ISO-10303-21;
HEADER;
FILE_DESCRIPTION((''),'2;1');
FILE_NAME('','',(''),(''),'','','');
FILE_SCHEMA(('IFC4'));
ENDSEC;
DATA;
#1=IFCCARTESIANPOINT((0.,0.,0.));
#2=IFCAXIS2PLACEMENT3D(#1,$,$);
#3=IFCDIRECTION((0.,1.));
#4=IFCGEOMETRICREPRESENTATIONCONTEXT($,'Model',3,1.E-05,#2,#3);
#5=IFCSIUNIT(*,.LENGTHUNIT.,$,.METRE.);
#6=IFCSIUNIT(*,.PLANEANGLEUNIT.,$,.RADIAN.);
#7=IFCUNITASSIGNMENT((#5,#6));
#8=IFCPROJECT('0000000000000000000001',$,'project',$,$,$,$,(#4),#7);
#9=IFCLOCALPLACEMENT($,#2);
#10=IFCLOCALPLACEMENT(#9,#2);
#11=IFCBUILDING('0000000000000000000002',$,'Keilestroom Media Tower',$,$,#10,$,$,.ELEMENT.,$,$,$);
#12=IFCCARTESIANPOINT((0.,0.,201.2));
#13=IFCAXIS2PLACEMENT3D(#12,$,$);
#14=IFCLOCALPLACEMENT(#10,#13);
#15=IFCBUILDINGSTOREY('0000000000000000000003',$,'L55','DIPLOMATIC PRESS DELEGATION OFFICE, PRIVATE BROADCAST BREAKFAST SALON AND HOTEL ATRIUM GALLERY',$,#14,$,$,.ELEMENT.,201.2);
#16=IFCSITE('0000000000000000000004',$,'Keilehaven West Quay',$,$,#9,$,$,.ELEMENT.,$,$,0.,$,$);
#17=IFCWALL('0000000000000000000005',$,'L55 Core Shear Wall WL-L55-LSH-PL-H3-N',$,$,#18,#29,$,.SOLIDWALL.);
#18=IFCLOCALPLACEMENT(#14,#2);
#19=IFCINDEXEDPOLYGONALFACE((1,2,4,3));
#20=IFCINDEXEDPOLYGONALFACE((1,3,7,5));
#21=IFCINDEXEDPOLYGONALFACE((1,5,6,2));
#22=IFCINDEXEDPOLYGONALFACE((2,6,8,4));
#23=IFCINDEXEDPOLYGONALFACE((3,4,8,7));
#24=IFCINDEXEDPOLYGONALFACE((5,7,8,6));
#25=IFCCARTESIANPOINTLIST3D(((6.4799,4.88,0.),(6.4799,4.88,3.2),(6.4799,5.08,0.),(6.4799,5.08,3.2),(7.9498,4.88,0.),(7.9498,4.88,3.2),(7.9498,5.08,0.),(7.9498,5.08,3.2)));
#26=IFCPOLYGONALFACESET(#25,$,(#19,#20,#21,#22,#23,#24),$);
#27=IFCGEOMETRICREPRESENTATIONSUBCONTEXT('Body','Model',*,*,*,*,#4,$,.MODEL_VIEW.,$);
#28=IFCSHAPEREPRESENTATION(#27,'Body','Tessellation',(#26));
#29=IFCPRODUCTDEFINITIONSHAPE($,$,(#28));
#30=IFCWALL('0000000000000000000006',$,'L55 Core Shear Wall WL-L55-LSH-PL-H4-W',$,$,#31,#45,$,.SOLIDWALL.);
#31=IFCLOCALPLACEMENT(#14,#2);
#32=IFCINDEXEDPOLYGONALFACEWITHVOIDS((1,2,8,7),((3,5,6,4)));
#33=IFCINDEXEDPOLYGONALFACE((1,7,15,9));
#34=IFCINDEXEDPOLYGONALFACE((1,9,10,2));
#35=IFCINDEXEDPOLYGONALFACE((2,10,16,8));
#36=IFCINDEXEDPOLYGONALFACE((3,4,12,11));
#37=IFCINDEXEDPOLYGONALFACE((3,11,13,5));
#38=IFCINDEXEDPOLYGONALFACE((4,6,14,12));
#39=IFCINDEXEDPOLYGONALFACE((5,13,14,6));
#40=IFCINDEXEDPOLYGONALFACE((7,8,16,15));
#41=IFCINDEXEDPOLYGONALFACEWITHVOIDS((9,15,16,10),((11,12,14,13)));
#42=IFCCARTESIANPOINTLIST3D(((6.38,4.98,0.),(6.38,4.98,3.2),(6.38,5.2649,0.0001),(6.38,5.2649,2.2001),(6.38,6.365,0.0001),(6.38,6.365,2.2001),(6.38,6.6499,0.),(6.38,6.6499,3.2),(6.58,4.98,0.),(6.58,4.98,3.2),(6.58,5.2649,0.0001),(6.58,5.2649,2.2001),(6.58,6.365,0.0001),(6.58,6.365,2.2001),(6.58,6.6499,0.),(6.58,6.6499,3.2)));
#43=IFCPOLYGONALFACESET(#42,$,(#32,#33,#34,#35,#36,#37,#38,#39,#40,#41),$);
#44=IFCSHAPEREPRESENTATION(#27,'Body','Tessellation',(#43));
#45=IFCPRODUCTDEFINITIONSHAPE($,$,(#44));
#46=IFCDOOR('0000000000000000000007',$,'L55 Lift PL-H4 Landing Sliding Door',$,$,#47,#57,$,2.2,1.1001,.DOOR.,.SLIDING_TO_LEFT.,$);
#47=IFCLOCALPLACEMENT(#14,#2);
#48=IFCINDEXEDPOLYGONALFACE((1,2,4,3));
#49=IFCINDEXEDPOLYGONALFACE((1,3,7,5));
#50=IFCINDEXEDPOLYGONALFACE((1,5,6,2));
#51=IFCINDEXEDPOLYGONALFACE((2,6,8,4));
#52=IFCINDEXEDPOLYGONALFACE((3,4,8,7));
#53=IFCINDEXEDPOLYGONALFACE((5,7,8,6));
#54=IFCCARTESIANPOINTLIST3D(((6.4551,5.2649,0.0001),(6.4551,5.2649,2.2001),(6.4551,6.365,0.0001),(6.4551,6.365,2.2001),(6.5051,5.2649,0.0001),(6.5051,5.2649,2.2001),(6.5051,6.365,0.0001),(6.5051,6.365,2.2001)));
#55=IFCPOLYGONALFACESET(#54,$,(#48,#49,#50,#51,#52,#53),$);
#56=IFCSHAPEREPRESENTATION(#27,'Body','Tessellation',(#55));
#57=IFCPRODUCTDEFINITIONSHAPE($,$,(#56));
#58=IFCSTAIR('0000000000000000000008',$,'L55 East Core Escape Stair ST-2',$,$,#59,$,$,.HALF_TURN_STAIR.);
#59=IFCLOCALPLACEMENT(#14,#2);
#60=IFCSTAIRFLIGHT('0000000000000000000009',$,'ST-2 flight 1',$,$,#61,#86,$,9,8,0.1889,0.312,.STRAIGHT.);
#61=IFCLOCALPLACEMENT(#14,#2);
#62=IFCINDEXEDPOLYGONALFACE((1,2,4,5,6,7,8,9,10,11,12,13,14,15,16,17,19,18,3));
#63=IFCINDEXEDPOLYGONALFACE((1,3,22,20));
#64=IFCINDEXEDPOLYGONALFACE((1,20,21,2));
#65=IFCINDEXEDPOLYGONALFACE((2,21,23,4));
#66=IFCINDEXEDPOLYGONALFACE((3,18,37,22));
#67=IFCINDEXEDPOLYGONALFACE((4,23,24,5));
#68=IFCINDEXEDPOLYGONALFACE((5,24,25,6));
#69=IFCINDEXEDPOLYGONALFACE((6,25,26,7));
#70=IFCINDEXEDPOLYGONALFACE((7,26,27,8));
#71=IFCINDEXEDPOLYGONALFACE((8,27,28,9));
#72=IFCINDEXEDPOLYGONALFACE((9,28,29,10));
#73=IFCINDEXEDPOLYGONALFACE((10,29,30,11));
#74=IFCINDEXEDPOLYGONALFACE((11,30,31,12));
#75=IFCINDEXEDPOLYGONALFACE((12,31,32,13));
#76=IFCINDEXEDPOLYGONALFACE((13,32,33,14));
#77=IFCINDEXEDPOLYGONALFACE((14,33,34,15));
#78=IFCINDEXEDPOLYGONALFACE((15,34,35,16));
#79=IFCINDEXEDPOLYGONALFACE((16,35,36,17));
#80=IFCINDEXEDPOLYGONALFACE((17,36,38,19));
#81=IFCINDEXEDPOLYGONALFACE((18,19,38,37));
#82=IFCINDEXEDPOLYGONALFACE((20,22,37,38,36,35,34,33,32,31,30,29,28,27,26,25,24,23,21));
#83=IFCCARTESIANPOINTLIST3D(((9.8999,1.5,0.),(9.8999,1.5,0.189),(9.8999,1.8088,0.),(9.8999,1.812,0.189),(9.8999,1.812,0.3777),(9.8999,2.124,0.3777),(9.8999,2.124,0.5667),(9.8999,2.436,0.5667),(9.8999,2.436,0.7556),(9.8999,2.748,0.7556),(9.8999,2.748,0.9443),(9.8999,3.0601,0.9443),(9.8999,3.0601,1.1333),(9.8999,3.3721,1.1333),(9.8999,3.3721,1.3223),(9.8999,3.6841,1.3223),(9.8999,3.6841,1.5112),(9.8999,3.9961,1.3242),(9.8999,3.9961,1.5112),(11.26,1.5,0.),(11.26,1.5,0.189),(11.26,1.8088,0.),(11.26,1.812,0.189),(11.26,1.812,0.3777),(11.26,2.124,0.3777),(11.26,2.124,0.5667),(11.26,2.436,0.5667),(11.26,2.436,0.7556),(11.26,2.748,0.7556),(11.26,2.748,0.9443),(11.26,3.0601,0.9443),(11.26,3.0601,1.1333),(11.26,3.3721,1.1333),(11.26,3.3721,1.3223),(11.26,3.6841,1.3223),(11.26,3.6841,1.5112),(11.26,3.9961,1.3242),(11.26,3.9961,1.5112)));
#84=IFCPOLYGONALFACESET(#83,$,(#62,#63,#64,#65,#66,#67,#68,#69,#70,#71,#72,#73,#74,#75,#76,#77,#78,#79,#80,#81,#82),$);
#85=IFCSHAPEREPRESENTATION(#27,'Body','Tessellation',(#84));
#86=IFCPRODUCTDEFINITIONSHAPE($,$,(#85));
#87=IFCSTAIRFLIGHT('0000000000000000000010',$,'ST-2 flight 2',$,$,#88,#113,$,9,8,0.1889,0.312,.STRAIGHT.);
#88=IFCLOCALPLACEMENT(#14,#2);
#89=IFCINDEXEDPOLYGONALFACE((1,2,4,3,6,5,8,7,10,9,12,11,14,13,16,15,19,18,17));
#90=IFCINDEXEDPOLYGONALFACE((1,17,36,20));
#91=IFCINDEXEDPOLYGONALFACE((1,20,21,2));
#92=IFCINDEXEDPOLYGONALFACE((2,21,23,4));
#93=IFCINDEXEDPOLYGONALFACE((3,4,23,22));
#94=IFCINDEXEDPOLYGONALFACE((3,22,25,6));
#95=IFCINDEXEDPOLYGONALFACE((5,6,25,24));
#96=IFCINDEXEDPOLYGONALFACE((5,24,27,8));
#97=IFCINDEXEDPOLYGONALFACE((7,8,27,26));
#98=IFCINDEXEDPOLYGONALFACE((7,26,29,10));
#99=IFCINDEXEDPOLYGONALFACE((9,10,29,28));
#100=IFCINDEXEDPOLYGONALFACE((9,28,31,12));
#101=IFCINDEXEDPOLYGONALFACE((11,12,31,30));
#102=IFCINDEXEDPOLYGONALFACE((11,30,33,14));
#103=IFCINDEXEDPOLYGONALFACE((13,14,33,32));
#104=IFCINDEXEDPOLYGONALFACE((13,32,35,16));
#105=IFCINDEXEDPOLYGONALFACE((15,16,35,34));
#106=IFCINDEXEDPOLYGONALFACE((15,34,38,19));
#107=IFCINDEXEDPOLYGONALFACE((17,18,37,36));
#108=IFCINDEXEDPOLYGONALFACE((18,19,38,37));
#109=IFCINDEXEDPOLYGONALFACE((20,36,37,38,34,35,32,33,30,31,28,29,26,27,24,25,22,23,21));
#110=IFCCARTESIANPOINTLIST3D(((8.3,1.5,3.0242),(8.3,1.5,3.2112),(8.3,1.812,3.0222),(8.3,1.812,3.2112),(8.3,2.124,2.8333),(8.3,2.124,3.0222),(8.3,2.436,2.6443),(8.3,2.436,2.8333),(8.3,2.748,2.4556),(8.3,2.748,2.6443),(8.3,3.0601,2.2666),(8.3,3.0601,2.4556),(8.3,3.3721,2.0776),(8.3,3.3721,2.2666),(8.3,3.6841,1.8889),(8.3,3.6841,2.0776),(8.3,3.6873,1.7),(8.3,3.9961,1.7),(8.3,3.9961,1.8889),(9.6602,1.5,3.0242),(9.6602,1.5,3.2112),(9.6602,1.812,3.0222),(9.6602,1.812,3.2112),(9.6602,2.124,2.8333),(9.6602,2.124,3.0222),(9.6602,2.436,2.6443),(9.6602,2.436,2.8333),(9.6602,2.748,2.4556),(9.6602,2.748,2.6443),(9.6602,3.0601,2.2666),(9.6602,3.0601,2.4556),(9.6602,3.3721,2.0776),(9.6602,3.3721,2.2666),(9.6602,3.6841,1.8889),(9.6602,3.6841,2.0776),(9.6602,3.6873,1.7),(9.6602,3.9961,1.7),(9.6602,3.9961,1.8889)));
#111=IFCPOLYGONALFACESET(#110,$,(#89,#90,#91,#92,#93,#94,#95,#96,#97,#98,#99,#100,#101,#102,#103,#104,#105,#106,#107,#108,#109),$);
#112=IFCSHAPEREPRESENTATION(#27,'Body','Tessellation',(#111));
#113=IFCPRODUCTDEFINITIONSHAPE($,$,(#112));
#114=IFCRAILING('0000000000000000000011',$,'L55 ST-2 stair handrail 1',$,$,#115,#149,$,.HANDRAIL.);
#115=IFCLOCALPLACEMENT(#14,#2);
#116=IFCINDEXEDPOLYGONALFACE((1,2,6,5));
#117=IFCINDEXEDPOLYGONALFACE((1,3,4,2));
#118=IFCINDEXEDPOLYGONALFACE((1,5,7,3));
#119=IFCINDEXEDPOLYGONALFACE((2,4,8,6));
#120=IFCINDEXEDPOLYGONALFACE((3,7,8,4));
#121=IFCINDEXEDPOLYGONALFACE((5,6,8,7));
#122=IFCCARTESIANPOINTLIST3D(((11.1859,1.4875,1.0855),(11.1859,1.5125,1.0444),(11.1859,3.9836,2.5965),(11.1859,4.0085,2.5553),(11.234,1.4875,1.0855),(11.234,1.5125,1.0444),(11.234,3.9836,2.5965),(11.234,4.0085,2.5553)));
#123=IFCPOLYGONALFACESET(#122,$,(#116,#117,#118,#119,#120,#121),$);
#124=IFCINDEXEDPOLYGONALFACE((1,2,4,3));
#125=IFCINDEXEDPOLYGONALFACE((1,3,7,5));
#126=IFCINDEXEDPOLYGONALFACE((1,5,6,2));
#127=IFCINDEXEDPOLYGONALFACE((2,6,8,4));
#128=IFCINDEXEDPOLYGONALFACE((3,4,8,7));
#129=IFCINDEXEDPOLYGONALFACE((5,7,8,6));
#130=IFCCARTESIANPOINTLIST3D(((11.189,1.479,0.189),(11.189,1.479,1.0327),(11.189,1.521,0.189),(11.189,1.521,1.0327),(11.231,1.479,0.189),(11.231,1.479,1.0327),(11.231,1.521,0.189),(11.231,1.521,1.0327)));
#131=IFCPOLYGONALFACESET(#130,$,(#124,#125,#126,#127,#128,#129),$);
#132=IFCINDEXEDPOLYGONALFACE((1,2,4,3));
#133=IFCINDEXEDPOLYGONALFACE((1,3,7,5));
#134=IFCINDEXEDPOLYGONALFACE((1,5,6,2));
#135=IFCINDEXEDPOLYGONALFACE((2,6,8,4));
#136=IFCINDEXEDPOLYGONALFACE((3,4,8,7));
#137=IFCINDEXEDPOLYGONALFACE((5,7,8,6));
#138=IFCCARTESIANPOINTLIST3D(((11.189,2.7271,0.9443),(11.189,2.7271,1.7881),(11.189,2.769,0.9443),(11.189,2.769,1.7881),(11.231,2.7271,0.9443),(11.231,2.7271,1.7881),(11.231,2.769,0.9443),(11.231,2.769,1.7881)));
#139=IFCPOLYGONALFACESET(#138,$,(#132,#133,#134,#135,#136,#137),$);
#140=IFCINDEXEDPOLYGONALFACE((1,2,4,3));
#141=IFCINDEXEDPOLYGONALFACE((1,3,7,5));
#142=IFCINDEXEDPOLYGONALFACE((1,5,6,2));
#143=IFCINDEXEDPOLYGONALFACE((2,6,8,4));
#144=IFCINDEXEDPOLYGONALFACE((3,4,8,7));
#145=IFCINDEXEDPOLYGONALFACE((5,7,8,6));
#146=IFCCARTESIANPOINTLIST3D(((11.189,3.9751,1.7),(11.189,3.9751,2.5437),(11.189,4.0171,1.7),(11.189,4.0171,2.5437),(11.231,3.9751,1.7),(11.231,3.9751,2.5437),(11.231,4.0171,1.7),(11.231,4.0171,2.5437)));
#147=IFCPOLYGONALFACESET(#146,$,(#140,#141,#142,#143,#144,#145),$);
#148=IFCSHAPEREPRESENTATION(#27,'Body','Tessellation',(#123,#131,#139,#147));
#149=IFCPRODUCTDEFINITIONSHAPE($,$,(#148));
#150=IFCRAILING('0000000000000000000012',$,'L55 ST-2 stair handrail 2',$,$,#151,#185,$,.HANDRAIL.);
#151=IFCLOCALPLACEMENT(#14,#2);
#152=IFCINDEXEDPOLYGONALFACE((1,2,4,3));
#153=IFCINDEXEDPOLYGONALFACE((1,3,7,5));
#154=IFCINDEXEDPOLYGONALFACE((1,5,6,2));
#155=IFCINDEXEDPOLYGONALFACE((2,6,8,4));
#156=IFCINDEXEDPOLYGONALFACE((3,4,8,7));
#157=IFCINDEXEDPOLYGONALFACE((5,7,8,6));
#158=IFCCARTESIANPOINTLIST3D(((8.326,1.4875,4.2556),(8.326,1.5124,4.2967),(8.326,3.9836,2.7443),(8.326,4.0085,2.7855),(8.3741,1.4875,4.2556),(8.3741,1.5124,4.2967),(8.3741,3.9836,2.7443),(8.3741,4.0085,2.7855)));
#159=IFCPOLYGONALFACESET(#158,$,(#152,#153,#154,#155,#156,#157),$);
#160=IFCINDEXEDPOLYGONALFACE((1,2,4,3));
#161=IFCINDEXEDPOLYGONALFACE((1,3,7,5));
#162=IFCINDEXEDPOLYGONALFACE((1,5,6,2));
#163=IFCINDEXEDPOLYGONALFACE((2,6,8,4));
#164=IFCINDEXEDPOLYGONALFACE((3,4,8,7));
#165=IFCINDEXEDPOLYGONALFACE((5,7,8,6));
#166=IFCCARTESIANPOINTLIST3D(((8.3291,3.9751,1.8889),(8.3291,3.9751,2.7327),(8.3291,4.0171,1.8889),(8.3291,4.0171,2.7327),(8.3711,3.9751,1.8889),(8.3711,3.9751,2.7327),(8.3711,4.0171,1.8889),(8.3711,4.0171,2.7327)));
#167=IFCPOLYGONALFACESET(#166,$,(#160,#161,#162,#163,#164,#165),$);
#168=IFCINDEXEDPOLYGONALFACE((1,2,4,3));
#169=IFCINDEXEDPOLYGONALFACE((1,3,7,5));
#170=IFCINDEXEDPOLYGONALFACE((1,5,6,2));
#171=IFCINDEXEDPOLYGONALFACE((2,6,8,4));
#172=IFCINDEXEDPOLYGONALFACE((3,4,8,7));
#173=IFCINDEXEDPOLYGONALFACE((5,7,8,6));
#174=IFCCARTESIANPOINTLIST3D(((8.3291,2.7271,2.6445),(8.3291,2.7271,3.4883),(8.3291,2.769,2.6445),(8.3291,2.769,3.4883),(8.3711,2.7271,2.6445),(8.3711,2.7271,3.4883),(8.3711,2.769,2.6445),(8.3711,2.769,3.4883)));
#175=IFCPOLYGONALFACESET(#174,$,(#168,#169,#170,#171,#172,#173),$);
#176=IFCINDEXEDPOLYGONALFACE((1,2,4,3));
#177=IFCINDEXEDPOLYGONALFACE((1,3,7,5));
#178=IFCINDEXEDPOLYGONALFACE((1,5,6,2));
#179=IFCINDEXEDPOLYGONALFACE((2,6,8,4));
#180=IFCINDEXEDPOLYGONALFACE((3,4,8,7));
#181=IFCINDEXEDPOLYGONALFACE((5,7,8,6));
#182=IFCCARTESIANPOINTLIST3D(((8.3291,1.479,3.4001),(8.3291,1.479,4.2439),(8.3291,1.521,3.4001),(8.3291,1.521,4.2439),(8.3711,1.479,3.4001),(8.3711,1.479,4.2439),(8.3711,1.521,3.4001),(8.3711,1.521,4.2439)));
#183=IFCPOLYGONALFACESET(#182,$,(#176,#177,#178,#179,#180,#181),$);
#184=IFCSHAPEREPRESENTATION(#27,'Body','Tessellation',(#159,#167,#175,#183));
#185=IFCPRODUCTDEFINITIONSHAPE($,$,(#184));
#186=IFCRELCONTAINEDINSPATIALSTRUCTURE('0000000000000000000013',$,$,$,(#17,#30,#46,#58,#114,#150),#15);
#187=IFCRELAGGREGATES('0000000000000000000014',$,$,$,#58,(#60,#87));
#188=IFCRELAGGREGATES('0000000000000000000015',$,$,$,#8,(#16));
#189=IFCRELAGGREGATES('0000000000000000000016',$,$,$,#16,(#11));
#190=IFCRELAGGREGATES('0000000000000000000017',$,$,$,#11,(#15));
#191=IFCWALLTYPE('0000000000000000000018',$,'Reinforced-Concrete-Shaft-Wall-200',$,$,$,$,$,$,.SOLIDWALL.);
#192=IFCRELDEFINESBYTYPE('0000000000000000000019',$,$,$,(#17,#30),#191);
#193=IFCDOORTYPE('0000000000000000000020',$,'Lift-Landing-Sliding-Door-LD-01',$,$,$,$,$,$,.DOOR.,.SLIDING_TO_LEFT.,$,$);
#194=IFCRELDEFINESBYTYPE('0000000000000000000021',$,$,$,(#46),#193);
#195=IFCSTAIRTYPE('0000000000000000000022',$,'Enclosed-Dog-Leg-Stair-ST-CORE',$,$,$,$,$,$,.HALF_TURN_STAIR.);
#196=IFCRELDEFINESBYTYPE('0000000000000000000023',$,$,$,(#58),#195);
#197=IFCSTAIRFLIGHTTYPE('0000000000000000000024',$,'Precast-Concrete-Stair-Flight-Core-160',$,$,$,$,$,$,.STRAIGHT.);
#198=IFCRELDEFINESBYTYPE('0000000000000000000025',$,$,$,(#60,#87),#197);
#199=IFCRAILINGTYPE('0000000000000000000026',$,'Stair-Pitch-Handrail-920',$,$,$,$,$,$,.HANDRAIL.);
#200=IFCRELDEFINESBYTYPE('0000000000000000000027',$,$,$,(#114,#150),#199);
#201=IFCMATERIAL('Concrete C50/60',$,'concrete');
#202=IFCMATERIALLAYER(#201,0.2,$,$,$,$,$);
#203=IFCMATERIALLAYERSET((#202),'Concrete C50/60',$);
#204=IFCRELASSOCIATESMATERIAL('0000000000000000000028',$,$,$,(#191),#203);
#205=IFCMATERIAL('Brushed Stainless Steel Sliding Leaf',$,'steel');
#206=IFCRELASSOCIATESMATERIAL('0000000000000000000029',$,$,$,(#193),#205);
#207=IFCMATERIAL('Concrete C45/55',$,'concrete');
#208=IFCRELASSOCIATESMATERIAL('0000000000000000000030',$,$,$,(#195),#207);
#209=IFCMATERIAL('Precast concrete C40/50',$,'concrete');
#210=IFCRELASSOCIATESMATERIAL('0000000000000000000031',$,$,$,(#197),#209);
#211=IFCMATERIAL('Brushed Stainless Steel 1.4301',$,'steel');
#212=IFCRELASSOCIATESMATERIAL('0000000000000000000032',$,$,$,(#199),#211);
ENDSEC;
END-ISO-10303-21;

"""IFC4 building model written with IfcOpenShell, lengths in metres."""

from ifc_helpers import new_model, si_unit, direction, frame, frame_2d, origin, origin_2d, place, context, subcontext, project, spatial, polyline, rectangle, outline, extrude, source, transform, mapped, material, layer, layer_set, type_object, element, fill, aggregate, save


model = new_model("IFC4")

# Units and contexts
model_context = context("Model", 3, precision=1e-05, world=origin(), true_north=direction((0.0, 1.0)))
body_context = subcontext(model_context, "Body", "Model", "MODEL_VIEW")
ifc_project = project(units=[si_unit("LENGTHUNIT", "METRE"), si_unit("PLANEANGLEUNIT", "RADIAN")], contexts=[model_context])

# Site, building, storey
site_placement = place(None, origin())
site = spatial("IfcSite", under=ifc_project, at=site_placement, Name="Keilehaven West Quay", CompositionType="ELEMENT", RefElevation=0.0)
building_placement = place(site_placement, origin())
building = spatial("IfcBuilding", under=site, at=building_placement, Name="Keilestroom Media Tower", CompositionType="ELEMENT")
storey_placement = place(building_placement, frame((0.0, 0.0, 201.2)))
storey = spatial("IfcBuildingStorey", under=building, at=storey_placement, Name="L55", Description="DIPLOMATIC PRESS DELEGATION OFFICE, PRIVATE BROADCAST BREAKFAST SALON AND HOTEL ATRIUM GALLERY", CompositionType="ELEMENT", Elevation=201.2)

# Shared definitions
ifc_material_1 = material(Name="Precast concrete C40/50", Category="concrete")

# Shared definitions
ifc_material_2 = material(Name="Concrete C50/60", Category="concrete")
ifc_layer_1 = layer(ifc_material_2, 0.2)
ifc_layer_set_1 = layer_set([ifc_layer_1], Name="Concrete C50/60")
wall_type_1 = type_object("IfcWallType", Name="Reinforced-Concrete-Shaft-Wall-200", PredefinedType="SOLIDWALL", material=ifc_layer_set_1)

# Shared definitions
ifc_material_3 = material(Name="Brushed Stainless Steel Sliding Leaf", Category="steel")
door_type_1 = type_object("IfcDoorType", Name="Lift-Landing-Sliding-Door-LD-01", OperationType="SLIDING_TO_LEFT", PredefinedType="DOOR", material=ifc_material_3)
shared_shape_1 = source(origin(), body_context, "Body", "SweptSolid", [
    extrude(rectangle(XDim=1.1001, YDim=2.2, at=frame_2d((0.55, 1.1001))), frame((0.0, 0.0249, 0.0), z_axis=(0.0, -1.0, 0.0), x_axis=(1.0, 0.0, 0.0)), (0.0, 0.0, 1.0), 0.05),
])

# Wall
wall_1_placement = place(storey_placement, frame((6.48, 4.98, 0.0), z_axis=(0.0, 0.0, 1.0), x_axis=(1.0, 0.0, 0.0)))
element("IfcWall", 1, at=wall_1_placement, inside=storey, type_object=wall_type_1, Name="L55 Core Shear Wall WL-L55-LSH-PL-H3-N", PredefinedType="SOLIDWALL", context=body_context, shape_type="SweptSolid", body=[
    extrude(rectangle(XDim=1.47, YDim=0.2, at=frame_2d((0.7349, 0.0))), origin(), (0.0, 0.0, 1.0), 3.2),
])

# Wall, opening, door
wall_2_placement = place(storey_placement, frame((6.48, 4.98, 0.0), z_axis=(0.0, 0.0, 1.0), x_axis=(0.0, 1.0, 0.0)))
wall_2 = element("IfcWall", 2, at=wall_2_placement, inside=storey, type_object=wall_type_1, Name="L55 Core Shear Wall WL-L55-LSH-PL-H4-W", PredefinedType="SOLIDWALL", context=body_context, shape_type="SweptSolid", body=[
    extrude(rectangle(XDim=1.6699, YDim=0.2, at=frame_2d((0.835, 0.0))), origin(), (0.0, 0.0, 1.0), 3.2),
])
opening_1_placement = place(wall_2_placement, frame((0.2849, 0.0, 0.0)))
opening_1 = element("IfcOpeningElement", 3, at=opening_1_placement, cuts=wall_2, PredefinedType="OPENING", context=body_context, shape_type="SweptSolid", body=[
    extrude(rectangle(XDim=1.1001, YDim=2.2, at=frame_2d((0.55, 1.1001))), frame((0.0, 0.1099, 0.0), z_axis=(0.0, -1.0, 0.0), x_axis=(1.0, 0.0, 0.0)), (0.0, 0.0, 1.0), 0.22),
])
door_1_placement = place(opening_1_placement, origin())
door_1 = element("IfcDoor", 4, at=door_1_placement, inside=storey, type_object=door_type_1, Name="L55 Lift PL-H4 Landing Sliding Door", OperationType="SLIDING_TO_LEFT", OverallHeight=2.2, OverallWidth=1.1001, PredefinedType="DOOR", context=body_context, shape_type="MappedRepresentation", body=[
    mapped(shared_shape_1, transform((0.0, 0.0, 0.0), x_axis=(1.0, 0.0, 0.0), y_axis=(0.0, 1.0, 0.0), z_axis=(0.0, 0.0, 1.0), scale=1.0)),
])
fill(opening_1, door_1)

# Stair, stair flights
ifc_material_4 = material(Name="Concrete C45/55", Category="concrete")
stair_type = type_object("IfcStairType", Name="Enclosed-Dog-Leg-Stair-ST-CORE", PredefinedType="HALF_TURN_STAIR", material=ifc_material_4)
stair_placement = place(storey_placement, origin())
stair = element("IfcStair", 5, at=stair_placement, inside=storey, type_object=stair_type, Name="L55 East Core Escape Stair ST-2", PredefinedType="HALF_TURN_STAIR")
stair_flight_type = type_object("IfcStairFlightType", Name="Precast-Concrete-Stair-Flight-Core-160", PredefinedType="STRAIGHT", material=ifc_material_1)
stair_flight_1_placement = place(storey_placement, frame((10.5801, 1.5, 0.0), z_axis=(0.0, 0.0, 1.0), x_axis=(0.0, 1.0, 0.0)))
stair_flight_1 = element("IfcStairFlight", 6, at=stair_flight_1_placement, type_object=stair_flight_type, Name="ST-2 flight 1", NumberOfRisers=9, NumberOfTreads=8, PredefinedType="STRAIGHT", RiserHeight=0.1889, TreadLength=0.312, context=body_context, shape_type="SweptSolid", body=[
    extrude(outline(polyline([(0.0, 0.0), (0.0, 0.189), (0.312, 0.189), (0.312, 0.3777), (0.624, 0.3777), (0.624, 0.5667), (0.936, 0.5667), (0.936, 0.7556), (1.248, 0.7556), (1.248, 0.9443), (1.5601, 0.9443), (1.5601, 1.1333), (1.8721, 1.1333), (1.8721, 1.3223), (2.1841, 1.3223), (2.1841, 1.5112), (2.4961, 1.5112), (2.4961, 1.7), (2.4961, 1.3242), (0.3088, 0.0), (0.0, 0.0)])), frame((0.0, 0.6802, 0.0), z_axis=(0.0, -1.0, 0.0), x_axis=(1.0, 0.0, 0.0)), (0.0, 0.0, 1.0), 1.3601),
])
stair_flight_2_placement = place(storey_placement, frame((8.98, 3.9961, 1.7), z_axis=(0.0, 0.0, 1.0), x_axis=(0.0, -1.0, 0.0)))
stair_flight_2 = element("IfcStairFlight", 7, at=stair_flight_2_placement, type_object=stair_flight_type, Name="ST-2 flight 2", NumberOfRisers=9, NumberOfTreads=8, PredefinedType="STRAIGHT", RiserHeight=0.1889, TreadLength=0.312, context=body_context, shape_type="SweptSolid", body=[
    extrude(outline(polyline([(0.0, 0.0), (0.0, 0.189), (0.312, 0.189), (0.312, 0.3777), (0.624, 0.3777), (0.624, 0.5667), (0.936, 0.5667), (0.936, 0.7556), (1.248, 0.7556), (1.248, 0.9443), (1.5601, 0.9443), (1.5601, 1.1333), (1.8721, 1.1333), (1.8721, 1.3223), (2.1841, 1.3223), (2.1841, 1.5112), (2.4961, 1.5112), (2.4961, 1.7), (2.4961, 1.3242), (0.3088, 0.0), (0.0, 0.0)])), frame((0.0, 0.6802, 0.0), z_axis=(0.0, -1.0, 0.0), x_axis=(1.0, 0.0, 0.0)), (0.0, 0.0, 1.0), 1.3601),
])
aggregate(stair, [stair_flight_1, stair_flight_2])

# Railings
ifc_material_5 = material(Name="Brushed Stainless Steel 1.4301", Category="steel")
railing_type_1 = type_object("IfcRailingType", Name="Stair-Pitch-Handrail-920", PredefinedType="HANDRAIL", material=ifc_material_5)
railing_1_placement = place(storey_placement, frame((11.21, 1.5, 0.189)))
element("IfcRailing", 8, at=railing_1_placement, inside=storey, type_object=railing_type_1, Name="L55 ST-2 stair handrail 1", PredefinedType="HANDRAIL", context=body_context, shape_type="SweptSolid", body=[
    extrude(rectangle(XDim=0.0481, YDim=0.0481, at=origin_2d()), frame((0.0, 0.0, 0.876), z_axis=(0.0, 0.855471, 0.517851), x_axis=(-1.0, 0.0, 0.0)), (0.0, 0.0, 1.0), 2.9177),
    extrude(rectangle(XDim=0.042, YDim=0.042, at=origin_2d()), origin(), (0.0, 0.0, 1.0), 0.8438),
    extrude(rectangle(XDim=0.042, YDim=0.042, at=origin_2d()), frame((0.0, 1.248, 0.7554)), (0.0, 0.0, 1.0), 0.8438),
    extrude(rectangle(XDim=0.042, YDim=0.042, at=origin_2d()), frame((0.0, 2.4961, 1.511)), (0.0, 0.0, 1.0), 0.8438),
])
railing_2_placement = place(storey_placement, frame((8.3501, 3.9961, 1.8889)))
element("IfcRailing", 9, at=railing_2_placement, inside=storey, type_object=railing_type_1, Name="L55 ST-2 stair handrail 2", PredefinedType="HANDRAIL", context=body_context, shape_type="SweptSolid", body=[
    extrude(rectangle(XDim=0.0481, YDim=0.0481, at=origin_2d()), frame((0.0, 0.0, 0.876), z_axis=(0.0, -0.855434, 0.517912), x_axis=(1.0, 0.0, 0.0)), (0.0, 0.0, 1.0), 2.918),
    extrude(rectangle(XDim=0.042, YDim=0.042, at=origin_2d()), origin(), (0.0, 0.0, 1.0), 0.8438),
    extrude(rectangle(XDim=0.042, YDim=0.042, at=origin_2d()), frame((0.0, -1.248, 0.7556)), (0.0, 0.0, 1.0), 0.8438),
    extrude(rectangle(XDim=0.042, YDim=0.042, at=origin_2d()), frame((0.0, -2.4961, 1.5112)), (0.0, 0.0, 1.0), 0.8438),
])

save(model, "model.ifc")
